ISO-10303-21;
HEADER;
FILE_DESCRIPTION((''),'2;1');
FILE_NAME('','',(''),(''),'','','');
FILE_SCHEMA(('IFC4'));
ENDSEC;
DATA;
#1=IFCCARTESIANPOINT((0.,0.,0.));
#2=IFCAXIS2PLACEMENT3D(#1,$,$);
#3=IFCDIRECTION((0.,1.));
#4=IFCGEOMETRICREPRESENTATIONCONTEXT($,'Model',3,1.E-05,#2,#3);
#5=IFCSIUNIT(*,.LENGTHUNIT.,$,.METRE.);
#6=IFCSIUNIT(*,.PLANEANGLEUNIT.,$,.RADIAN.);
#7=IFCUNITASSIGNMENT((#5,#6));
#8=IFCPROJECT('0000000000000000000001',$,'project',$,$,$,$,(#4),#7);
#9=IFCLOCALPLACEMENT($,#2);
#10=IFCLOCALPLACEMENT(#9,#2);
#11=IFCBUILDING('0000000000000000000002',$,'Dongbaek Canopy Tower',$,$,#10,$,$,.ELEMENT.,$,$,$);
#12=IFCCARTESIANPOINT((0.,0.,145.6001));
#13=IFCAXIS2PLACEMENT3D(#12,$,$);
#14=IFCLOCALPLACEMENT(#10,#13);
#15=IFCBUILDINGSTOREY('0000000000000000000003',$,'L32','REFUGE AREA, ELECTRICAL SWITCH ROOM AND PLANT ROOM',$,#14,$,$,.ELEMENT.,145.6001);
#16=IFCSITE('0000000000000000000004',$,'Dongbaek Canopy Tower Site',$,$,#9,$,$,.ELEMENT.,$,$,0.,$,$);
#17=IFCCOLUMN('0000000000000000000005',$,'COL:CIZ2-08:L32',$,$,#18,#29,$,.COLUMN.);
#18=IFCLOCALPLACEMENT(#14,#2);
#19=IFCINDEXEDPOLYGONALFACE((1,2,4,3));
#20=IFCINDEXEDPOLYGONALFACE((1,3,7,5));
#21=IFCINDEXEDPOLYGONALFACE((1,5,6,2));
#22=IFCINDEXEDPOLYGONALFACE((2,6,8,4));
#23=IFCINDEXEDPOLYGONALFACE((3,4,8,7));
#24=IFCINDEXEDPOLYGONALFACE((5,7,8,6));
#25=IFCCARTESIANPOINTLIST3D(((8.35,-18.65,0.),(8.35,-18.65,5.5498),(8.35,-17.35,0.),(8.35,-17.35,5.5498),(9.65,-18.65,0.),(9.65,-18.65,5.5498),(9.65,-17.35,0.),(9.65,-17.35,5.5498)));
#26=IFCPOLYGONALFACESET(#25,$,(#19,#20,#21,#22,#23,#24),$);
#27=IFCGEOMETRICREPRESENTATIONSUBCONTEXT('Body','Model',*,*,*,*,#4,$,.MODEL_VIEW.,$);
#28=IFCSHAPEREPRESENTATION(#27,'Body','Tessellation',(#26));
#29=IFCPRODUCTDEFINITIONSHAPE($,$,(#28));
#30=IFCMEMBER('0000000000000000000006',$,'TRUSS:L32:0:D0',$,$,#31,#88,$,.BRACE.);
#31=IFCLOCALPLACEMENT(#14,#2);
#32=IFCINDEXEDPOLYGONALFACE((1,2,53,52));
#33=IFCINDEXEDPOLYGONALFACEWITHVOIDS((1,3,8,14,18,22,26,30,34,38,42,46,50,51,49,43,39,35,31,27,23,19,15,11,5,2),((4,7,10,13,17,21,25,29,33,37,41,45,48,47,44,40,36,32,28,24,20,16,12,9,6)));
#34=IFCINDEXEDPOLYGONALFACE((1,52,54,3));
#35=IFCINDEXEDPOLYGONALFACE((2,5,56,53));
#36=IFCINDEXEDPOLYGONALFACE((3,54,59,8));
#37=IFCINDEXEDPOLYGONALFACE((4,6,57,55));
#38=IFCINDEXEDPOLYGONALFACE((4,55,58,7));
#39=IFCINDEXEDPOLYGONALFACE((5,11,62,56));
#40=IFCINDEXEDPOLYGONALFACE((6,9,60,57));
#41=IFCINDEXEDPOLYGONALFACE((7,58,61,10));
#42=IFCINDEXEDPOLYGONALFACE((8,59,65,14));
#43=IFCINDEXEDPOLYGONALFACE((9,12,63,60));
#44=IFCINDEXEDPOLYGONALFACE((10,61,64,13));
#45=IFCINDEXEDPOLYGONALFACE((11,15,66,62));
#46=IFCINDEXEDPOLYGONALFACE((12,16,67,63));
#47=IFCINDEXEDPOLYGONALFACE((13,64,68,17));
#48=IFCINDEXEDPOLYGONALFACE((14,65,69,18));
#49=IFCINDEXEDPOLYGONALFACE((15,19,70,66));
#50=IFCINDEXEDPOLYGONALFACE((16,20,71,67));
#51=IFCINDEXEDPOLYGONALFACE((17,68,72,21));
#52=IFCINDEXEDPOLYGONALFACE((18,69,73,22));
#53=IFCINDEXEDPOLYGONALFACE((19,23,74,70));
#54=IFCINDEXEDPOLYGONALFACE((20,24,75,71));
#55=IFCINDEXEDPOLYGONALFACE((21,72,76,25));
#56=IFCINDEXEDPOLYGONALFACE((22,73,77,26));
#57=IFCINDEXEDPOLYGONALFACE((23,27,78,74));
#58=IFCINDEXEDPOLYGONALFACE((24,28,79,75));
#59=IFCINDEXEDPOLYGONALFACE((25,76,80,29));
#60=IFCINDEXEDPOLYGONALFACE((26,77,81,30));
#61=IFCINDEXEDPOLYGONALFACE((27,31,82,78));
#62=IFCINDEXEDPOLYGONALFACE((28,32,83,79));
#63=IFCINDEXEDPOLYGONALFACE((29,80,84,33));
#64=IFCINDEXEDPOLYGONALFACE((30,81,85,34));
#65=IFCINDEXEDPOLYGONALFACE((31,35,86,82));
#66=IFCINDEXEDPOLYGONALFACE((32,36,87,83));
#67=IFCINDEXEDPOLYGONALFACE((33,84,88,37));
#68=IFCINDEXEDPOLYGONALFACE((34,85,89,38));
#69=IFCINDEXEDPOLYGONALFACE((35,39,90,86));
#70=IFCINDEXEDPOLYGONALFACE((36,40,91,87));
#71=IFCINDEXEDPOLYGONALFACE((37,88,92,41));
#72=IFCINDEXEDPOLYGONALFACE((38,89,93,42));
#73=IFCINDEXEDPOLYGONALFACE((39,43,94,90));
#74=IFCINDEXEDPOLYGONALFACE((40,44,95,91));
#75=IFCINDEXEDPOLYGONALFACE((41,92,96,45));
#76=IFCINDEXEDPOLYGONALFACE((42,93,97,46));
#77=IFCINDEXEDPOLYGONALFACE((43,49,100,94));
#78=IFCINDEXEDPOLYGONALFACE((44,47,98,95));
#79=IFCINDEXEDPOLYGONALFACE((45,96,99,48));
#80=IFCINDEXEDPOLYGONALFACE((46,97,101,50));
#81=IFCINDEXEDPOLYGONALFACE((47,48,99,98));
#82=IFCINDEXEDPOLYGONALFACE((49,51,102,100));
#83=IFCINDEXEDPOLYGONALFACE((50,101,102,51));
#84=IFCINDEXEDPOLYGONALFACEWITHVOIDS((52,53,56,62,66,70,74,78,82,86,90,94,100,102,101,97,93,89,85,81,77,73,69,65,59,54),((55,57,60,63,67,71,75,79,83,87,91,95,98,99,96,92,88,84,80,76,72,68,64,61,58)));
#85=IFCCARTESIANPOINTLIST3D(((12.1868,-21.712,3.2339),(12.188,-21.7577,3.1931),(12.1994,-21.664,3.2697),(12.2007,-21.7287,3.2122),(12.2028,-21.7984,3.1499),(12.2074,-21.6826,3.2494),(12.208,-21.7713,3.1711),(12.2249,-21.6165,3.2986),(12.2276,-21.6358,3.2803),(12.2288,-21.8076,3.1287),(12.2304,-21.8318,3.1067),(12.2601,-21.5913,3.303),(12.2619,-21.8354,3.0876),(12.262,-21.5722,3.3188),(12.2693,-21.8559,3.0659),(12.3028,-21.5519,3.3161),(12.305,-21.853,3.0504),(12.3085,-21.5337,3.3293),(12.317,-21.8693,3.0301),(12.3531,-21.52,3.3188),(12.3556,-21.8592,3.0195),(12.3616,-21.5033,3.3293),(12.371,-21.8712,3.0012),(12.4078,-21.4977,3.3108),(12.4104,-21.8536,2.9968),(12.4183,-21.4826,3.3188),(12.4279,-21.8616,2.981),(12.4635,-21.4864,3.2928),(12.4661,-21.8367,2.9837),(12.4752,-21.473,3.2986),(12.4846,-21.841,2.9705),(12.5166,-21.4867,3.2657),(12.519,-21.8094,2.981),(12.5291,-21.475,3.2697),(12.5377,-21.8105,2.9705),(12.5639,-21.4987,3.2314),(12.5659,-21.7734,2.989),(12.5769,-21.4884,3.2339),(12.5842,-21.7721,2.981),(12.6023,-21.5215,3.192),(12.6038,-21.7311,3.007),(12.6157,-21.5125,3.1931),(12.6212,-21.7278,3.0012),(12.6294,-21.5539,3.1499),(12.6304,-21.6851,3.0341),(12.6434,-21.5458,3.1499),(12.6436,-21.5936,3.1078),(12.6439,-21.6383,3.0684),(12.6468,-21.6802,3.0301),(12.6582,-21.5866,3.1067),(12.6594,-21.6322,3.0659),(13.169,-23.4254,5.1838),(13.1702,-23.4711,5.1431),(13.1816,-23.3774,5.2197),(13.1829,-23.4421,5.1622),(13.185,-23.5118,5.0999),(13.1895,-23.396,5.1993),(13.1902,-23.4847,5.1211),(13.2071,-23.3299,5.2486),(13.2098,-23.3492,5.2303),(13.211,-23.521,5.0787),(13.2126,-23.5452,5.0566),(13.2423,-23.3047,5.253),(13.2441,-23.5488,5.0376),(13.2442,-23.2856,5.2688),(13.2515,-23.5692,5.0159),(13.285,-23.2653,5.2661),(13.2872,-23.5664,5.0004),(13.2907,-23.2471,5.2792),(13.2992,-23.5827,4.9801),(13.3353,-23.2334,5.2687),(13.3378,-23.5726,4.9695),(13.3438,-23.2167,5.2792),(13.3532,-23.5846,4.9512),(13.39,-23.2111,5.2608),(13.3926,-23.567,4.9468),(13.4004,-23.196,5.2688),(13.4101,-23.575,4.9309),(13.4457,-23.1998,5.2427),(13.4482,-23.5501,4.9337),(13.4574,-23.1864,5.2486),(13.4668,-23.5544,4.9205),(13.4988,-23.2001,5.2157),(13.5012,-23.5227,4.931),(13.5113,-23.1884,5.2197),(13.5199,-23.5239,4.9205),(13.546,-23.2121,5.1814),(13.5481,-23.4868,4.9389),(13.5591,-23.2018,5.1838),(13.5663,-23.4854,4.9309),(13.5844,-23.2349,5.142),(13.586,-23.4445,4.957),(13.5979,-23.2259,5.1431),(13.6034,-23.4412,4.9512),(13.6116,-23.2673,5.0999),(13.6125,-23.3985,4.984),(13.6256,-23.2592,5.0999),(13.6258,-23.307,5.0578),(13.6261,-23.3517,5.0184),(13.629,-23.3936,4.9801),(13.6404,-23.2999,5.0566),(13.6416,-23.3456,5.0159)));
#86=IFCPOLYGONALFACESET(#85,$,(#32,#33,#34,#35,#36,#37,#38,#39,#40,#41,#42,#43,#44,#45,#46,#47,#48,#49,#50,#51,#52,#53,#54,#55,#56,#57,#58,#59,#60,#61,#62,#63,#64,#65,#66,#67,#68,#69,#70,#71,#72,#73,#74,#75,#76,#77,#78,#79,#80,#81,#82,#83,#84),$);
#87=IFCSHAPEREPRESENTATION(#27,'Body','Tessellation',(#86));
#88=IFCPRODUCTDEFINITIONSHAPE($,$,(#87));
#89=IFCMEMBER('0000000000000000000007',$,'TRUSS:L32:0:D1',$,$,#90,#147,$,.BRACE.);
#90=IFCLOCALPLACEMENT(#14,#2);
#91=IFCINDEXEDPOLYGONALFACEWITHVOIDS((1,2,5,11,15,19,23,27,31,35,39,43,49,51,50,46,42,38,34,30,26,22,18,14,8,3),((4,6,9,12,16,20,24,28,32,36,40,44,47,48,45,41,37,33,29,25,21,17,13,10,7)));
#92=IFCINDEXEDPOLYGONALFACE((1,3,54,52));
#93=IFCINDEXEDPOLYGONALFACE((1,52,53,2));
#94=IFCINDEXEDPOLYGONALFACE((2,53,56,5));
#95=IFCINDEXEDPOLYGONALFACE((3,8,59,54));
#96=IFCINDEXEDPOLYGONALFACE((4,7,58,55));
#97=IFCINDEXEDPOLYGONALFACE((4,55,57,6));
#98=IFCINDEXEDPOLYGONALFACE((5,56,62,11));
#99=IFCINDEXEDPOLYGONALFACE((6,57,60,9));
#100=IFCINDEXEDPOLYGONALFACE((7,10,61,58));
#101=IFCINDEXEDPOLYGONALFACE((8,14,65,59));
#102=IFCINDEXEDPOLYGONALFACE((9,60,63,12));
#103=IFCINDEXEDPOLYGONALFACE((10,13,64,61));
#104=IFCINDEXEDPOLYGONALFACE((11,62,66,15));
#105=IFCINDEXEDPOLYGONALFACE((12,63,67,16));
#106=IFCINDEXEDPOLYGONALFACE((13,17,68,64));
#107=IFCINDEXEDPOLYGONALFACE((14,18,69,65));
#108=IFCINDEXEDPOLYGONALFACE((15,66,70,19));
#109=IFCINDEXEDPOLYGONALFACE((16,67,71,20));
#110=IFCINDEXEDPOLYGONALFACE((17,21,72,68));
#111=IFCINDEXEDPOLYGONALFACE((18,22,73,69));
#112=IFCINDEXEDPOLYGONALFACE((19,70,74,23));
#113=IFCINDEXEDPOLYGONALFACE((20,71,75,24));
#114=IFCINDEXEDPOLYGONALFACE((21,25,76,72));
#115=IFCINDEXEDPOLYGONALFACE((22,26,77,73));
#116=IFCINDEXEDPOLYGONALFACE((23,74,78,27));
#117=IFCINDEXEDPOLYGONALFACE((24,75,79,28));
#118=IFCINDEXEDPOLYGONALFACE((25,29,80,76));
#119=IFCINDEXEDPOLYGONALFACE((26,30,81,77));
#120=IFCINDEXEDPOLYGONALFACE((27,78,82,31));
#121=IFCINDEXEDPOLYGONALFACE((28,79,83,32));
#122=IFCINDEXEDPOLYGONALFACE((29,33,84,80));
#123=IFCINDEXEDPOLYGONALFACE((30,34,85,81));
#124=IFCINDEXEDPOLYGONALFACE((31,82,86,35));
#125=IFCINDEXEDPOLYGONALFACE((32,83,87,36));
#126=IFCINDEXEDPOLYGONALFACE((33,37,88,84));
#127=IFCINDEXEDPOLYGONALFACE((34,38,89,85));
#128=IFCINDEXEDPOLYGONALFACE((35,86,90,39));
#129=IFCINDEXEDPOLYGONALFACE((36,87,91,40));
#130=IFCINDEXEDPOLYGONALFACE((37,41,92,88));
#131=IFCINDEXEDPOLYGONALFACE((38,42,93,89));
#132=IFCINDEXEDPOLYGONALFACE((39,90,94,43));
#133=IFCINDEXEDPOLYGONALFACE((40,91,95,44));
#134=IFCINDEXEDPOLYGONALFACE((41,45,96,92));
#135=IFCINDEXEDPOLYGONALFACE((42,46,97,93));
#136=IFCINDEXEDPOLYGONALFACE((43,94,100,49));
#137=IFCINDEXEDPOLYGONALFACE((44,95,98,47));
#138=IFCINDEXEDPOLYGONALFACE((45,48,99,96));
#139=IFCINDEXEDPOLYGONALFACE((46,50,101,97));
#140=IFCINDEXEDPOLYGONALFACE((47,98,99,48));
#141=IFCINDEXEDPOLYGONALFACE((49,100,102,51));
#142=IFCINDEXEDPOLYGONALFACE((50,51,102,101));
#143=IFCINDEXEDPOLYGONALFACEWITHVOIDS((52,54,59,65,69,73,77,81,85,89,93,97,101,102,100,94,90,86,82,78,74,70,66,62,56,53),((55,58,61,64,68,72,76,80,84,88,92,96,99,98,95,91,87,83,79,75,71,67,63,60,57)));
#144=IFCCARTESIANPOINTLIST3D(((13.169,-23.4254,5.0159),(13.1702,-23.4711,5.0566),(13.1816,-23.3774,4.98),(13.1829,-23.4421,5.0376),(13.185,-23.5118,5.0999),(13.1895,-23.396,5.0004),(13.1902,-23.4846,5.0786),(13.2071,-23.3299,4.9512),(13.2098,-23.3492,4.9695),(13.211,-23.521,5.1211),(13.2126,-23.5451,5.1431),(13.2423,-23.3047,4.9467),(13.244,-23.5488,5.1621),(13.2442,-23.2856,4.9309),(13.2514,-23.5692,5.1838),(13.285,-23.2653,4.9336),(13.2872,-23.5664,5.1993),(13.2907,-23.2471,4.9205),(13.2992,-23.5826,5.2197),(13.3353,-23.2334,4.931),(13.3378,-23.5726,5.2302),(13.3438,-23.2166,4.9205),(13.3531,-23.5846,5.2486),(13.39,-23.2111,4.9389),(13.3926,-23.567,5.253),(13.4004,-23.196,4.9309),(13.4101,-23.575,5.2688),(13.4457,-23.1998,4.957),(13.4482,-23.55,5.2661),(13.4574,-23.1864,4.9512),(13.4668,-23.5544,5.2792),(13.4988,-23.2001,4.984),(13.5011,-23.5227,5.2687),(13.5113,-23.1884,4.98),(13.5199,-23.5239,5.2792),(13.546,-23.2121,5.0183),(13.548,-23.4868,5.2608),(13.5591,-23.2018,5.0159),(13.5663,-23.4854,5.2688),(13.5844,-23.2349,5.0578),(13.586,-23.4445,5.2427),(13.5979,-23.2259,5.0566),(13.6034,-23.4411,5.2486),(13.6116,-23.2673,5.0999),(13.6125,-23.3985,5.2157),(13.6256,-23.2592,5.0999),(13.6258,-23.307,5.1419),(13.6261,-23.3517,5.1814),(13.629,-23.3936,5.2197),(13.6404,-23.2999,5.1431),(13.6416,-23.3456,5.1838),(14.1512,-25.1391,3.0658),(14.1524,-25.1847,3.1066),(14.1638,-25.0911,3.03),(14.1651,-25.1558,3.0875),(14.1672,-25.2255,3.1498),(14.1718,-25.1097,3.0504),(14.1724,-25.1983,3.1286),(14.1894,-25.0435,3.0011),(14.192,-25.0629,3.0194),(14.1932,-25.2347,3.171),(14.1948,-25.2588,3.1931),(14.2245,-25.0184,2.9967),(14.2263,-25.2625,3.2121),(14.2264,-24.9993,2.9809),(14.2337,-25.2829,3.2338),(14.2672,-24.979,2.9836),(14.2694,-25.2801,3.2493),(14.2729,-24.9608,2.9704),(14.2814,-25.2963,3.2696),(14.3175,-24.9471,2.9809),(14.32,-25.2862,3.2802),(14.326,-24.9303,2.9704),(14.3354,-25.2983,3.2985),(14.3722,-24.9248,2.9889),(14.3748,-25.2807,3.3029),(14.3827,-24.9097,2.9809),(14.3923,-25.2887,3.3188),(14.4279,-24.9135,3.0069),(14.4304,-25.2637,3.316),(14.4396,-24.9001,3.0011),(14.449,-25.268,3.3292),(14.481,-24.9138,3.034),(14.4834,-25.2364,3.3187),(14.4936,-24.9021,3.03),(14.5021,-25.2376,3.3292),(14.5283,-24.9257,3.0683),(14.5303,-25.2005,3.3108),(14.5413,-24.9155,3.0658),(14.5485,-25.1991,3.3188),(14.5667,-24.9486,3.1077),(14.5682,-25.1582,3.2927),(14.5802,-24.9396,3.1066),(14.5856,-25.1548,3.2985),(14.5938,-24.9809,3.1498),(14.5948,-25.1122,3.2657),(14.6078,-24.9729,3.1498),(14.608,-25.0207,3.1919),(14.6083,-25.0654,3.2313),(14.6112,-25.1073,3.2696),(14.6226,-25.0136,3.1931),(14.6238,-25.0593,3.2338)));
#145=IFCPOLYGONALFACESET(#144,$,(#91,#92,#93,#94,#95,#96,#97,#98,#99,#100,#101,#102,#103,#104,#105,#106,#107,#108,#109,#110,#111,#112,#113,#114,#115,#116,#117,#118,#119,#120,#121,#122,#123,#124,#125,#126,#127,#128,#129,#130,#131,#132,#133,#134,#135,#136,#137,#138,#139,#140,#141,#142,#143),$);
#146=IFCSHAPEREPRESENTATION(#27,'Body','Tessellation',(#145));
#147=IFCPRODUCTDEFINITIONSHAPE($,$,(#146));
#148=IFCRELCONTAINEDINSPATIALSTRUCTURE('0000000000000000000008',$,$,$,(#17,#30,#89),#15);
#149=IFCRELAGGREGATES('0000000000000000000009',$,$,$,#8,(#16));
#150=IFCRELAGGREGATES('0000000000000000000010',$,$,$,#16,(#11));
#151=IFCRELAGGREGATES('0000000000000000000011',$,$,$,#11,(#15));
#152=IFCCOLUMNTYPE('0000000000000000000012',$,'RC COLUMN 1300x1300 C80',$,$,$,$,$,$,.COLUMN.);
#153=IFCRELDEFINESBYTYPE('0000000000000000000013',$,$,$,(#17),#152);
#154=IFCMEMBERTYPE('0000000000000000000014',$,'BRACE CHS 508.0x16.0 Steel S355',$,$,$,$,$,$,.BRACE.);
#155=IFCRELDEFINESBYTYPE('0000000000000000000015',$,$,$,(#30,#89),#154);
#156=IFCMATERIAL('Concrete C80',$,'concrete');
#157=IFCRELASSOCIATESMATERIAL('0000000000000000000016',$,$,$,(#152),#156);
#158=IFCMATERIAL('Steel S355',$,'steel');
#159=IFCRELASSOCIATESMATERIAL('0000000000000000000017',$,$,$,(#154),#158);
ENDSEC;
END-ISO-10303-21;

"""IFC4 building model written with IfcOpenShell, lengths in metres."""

from ifc_helpers import new_model, si_unit, direction, frame, origin, origin_2d, place, context, subcontext, project, spatial, rectangle, hollow_circle, extrude, material, material_profile, profile_set, type_object, element, save


model = new_model("IFC4")

# Units and contexts
model_context = context("Model", 3, precision=1e-05, world=origin(), true_north=direction((0.0, 1.0)))
body_context = subcontext(model_context, "Body", "Model", "MODEL_VIEW")
ifc_project = project(units=[si_unit("LENGTHUNIT", "METRE"), si_unit("PLANEANGLEUNIT", "RADIAN")], contexts=[model_context])

# Site, building, storey
site_placement = place(None, origin())
site = spatial("IfcSite", under=ifc_project, at=site_placement, Name="Dongbaek Canopy Tower Site", CompositionType="ELEMENT", RefElevation=0.0)
building_placement = place(site_placement, origin())
building = spatial("IfcBuilding", under=site, at=building_placement, Name="Dongbaek Canopy Tower", CompositionType="ELEMENT")
storey_placement = place(building_placement, frame((0.0, 0.0, 145.6001)))
storey = spatial("IfcBuildingStorey", under=building, at=storey_placement, Name="L32", Description="REFUGE AREA, ELECTRICAL SWITCH ROOM AND PLANT ROOM", CompositionType="ELEMENT", Elevation=145.6001)

# Column
ifc_material_1 = material(Name="Concrete C80", Category="concrete")
ifc_material_profile_1 = material_profile(ifc_material_1, rectangle(XDim=1.3, YDim=1.3, at=origin_2d()), Name="RC COLUMN 1300x1300 C80")
ifc_profile_set_1 = profile_set([ifc_material_profile_1], Name="Concrete C80")
column_type = type_object("IfcColumnType", Name="RC COLUMN 1300x1300 C80", PredefinedType="COLUMN", material=ifc_profile_set_1)
column_placement = place(storey_placement, frame((9.0, -18.0, 0.0), z_axis=(0.0, 0.0, 1.0), x_axis=(1.0, 0.0, 0.0)))
element("IfcColumn", 1, at=column_placement, inside=storey, type_object=column_type, Name="COL:CIZ2-08:L32", PredefinedType="COLUMN", context=body_context, shape_type="SweptSolid", body=[
    extrude(rectangle(XDim=1.3, YDim=1.3, at=origin_2d()), origin(), (0.0, 0.0, 1.0), 5.5498),
])

# Members
ifc_material_2 = material(Name="Steel S355", Category="steel")
ifc_material_profile_2 = material_profile(ifc_material_2, hollow_circle(Radius=0.2539, WallThickness=0.0161, at=origin_2d()), Name="BRACE CHS 508.0x16.0 Steel S355")
ifc_profile_set_2 = profile_set([ifc_material_profile_2], Name="Steel S355")
member_type_1 = type_object("IfcMemberType", Name="BRACE CHS 508.0x16.0 Steel S355", PredefinedType="BRACE", material=ifc_profile_set_2)
member_1_placement = place(storey_placement, frame((12.4231, -21.6721, 3.1499), z_axis=(0.353891, -0.617353, 0.702593), x_axis=(0.867565, 0.497323, 0.0)))
element("IfcMember", 2, at=member_1_placement, inside=storey, type_object=member_type_1, Name="TRUSS:L32:0:D0", PredefinedType="BRACE", context=body_context, shape_type="SweptSolid", body=[
    extrude(hollow_circle(Radius=0.2539, WallThickness=0.0161, at=origin_2d()), origin(), (0.0, 0.0, 1.0), 2.7754),
])
member_2_placement = place(storey_placement, frame((13.4053, -23.3855, 5.0999), z_axis=(0.353872, -0.617407, -0.702555), x_axis=(0.867596, 0.49727, 0.0)))
element("IfcMember", 3, at=member_2_placement, inside=storey, type_object=member_type_1, Name="TRUSS:L32:0:D1", PredefinedType="BRACE", context=body_context, shape_type="SweptSolid", body=[
    extrude(hollow_circle(Radius=0.2539, WallThickness=0.0161, at=origin_2d()), origin(), (0.0, 0.0, 1.0), 2.7756),
])

save(model, "model.ifc")
